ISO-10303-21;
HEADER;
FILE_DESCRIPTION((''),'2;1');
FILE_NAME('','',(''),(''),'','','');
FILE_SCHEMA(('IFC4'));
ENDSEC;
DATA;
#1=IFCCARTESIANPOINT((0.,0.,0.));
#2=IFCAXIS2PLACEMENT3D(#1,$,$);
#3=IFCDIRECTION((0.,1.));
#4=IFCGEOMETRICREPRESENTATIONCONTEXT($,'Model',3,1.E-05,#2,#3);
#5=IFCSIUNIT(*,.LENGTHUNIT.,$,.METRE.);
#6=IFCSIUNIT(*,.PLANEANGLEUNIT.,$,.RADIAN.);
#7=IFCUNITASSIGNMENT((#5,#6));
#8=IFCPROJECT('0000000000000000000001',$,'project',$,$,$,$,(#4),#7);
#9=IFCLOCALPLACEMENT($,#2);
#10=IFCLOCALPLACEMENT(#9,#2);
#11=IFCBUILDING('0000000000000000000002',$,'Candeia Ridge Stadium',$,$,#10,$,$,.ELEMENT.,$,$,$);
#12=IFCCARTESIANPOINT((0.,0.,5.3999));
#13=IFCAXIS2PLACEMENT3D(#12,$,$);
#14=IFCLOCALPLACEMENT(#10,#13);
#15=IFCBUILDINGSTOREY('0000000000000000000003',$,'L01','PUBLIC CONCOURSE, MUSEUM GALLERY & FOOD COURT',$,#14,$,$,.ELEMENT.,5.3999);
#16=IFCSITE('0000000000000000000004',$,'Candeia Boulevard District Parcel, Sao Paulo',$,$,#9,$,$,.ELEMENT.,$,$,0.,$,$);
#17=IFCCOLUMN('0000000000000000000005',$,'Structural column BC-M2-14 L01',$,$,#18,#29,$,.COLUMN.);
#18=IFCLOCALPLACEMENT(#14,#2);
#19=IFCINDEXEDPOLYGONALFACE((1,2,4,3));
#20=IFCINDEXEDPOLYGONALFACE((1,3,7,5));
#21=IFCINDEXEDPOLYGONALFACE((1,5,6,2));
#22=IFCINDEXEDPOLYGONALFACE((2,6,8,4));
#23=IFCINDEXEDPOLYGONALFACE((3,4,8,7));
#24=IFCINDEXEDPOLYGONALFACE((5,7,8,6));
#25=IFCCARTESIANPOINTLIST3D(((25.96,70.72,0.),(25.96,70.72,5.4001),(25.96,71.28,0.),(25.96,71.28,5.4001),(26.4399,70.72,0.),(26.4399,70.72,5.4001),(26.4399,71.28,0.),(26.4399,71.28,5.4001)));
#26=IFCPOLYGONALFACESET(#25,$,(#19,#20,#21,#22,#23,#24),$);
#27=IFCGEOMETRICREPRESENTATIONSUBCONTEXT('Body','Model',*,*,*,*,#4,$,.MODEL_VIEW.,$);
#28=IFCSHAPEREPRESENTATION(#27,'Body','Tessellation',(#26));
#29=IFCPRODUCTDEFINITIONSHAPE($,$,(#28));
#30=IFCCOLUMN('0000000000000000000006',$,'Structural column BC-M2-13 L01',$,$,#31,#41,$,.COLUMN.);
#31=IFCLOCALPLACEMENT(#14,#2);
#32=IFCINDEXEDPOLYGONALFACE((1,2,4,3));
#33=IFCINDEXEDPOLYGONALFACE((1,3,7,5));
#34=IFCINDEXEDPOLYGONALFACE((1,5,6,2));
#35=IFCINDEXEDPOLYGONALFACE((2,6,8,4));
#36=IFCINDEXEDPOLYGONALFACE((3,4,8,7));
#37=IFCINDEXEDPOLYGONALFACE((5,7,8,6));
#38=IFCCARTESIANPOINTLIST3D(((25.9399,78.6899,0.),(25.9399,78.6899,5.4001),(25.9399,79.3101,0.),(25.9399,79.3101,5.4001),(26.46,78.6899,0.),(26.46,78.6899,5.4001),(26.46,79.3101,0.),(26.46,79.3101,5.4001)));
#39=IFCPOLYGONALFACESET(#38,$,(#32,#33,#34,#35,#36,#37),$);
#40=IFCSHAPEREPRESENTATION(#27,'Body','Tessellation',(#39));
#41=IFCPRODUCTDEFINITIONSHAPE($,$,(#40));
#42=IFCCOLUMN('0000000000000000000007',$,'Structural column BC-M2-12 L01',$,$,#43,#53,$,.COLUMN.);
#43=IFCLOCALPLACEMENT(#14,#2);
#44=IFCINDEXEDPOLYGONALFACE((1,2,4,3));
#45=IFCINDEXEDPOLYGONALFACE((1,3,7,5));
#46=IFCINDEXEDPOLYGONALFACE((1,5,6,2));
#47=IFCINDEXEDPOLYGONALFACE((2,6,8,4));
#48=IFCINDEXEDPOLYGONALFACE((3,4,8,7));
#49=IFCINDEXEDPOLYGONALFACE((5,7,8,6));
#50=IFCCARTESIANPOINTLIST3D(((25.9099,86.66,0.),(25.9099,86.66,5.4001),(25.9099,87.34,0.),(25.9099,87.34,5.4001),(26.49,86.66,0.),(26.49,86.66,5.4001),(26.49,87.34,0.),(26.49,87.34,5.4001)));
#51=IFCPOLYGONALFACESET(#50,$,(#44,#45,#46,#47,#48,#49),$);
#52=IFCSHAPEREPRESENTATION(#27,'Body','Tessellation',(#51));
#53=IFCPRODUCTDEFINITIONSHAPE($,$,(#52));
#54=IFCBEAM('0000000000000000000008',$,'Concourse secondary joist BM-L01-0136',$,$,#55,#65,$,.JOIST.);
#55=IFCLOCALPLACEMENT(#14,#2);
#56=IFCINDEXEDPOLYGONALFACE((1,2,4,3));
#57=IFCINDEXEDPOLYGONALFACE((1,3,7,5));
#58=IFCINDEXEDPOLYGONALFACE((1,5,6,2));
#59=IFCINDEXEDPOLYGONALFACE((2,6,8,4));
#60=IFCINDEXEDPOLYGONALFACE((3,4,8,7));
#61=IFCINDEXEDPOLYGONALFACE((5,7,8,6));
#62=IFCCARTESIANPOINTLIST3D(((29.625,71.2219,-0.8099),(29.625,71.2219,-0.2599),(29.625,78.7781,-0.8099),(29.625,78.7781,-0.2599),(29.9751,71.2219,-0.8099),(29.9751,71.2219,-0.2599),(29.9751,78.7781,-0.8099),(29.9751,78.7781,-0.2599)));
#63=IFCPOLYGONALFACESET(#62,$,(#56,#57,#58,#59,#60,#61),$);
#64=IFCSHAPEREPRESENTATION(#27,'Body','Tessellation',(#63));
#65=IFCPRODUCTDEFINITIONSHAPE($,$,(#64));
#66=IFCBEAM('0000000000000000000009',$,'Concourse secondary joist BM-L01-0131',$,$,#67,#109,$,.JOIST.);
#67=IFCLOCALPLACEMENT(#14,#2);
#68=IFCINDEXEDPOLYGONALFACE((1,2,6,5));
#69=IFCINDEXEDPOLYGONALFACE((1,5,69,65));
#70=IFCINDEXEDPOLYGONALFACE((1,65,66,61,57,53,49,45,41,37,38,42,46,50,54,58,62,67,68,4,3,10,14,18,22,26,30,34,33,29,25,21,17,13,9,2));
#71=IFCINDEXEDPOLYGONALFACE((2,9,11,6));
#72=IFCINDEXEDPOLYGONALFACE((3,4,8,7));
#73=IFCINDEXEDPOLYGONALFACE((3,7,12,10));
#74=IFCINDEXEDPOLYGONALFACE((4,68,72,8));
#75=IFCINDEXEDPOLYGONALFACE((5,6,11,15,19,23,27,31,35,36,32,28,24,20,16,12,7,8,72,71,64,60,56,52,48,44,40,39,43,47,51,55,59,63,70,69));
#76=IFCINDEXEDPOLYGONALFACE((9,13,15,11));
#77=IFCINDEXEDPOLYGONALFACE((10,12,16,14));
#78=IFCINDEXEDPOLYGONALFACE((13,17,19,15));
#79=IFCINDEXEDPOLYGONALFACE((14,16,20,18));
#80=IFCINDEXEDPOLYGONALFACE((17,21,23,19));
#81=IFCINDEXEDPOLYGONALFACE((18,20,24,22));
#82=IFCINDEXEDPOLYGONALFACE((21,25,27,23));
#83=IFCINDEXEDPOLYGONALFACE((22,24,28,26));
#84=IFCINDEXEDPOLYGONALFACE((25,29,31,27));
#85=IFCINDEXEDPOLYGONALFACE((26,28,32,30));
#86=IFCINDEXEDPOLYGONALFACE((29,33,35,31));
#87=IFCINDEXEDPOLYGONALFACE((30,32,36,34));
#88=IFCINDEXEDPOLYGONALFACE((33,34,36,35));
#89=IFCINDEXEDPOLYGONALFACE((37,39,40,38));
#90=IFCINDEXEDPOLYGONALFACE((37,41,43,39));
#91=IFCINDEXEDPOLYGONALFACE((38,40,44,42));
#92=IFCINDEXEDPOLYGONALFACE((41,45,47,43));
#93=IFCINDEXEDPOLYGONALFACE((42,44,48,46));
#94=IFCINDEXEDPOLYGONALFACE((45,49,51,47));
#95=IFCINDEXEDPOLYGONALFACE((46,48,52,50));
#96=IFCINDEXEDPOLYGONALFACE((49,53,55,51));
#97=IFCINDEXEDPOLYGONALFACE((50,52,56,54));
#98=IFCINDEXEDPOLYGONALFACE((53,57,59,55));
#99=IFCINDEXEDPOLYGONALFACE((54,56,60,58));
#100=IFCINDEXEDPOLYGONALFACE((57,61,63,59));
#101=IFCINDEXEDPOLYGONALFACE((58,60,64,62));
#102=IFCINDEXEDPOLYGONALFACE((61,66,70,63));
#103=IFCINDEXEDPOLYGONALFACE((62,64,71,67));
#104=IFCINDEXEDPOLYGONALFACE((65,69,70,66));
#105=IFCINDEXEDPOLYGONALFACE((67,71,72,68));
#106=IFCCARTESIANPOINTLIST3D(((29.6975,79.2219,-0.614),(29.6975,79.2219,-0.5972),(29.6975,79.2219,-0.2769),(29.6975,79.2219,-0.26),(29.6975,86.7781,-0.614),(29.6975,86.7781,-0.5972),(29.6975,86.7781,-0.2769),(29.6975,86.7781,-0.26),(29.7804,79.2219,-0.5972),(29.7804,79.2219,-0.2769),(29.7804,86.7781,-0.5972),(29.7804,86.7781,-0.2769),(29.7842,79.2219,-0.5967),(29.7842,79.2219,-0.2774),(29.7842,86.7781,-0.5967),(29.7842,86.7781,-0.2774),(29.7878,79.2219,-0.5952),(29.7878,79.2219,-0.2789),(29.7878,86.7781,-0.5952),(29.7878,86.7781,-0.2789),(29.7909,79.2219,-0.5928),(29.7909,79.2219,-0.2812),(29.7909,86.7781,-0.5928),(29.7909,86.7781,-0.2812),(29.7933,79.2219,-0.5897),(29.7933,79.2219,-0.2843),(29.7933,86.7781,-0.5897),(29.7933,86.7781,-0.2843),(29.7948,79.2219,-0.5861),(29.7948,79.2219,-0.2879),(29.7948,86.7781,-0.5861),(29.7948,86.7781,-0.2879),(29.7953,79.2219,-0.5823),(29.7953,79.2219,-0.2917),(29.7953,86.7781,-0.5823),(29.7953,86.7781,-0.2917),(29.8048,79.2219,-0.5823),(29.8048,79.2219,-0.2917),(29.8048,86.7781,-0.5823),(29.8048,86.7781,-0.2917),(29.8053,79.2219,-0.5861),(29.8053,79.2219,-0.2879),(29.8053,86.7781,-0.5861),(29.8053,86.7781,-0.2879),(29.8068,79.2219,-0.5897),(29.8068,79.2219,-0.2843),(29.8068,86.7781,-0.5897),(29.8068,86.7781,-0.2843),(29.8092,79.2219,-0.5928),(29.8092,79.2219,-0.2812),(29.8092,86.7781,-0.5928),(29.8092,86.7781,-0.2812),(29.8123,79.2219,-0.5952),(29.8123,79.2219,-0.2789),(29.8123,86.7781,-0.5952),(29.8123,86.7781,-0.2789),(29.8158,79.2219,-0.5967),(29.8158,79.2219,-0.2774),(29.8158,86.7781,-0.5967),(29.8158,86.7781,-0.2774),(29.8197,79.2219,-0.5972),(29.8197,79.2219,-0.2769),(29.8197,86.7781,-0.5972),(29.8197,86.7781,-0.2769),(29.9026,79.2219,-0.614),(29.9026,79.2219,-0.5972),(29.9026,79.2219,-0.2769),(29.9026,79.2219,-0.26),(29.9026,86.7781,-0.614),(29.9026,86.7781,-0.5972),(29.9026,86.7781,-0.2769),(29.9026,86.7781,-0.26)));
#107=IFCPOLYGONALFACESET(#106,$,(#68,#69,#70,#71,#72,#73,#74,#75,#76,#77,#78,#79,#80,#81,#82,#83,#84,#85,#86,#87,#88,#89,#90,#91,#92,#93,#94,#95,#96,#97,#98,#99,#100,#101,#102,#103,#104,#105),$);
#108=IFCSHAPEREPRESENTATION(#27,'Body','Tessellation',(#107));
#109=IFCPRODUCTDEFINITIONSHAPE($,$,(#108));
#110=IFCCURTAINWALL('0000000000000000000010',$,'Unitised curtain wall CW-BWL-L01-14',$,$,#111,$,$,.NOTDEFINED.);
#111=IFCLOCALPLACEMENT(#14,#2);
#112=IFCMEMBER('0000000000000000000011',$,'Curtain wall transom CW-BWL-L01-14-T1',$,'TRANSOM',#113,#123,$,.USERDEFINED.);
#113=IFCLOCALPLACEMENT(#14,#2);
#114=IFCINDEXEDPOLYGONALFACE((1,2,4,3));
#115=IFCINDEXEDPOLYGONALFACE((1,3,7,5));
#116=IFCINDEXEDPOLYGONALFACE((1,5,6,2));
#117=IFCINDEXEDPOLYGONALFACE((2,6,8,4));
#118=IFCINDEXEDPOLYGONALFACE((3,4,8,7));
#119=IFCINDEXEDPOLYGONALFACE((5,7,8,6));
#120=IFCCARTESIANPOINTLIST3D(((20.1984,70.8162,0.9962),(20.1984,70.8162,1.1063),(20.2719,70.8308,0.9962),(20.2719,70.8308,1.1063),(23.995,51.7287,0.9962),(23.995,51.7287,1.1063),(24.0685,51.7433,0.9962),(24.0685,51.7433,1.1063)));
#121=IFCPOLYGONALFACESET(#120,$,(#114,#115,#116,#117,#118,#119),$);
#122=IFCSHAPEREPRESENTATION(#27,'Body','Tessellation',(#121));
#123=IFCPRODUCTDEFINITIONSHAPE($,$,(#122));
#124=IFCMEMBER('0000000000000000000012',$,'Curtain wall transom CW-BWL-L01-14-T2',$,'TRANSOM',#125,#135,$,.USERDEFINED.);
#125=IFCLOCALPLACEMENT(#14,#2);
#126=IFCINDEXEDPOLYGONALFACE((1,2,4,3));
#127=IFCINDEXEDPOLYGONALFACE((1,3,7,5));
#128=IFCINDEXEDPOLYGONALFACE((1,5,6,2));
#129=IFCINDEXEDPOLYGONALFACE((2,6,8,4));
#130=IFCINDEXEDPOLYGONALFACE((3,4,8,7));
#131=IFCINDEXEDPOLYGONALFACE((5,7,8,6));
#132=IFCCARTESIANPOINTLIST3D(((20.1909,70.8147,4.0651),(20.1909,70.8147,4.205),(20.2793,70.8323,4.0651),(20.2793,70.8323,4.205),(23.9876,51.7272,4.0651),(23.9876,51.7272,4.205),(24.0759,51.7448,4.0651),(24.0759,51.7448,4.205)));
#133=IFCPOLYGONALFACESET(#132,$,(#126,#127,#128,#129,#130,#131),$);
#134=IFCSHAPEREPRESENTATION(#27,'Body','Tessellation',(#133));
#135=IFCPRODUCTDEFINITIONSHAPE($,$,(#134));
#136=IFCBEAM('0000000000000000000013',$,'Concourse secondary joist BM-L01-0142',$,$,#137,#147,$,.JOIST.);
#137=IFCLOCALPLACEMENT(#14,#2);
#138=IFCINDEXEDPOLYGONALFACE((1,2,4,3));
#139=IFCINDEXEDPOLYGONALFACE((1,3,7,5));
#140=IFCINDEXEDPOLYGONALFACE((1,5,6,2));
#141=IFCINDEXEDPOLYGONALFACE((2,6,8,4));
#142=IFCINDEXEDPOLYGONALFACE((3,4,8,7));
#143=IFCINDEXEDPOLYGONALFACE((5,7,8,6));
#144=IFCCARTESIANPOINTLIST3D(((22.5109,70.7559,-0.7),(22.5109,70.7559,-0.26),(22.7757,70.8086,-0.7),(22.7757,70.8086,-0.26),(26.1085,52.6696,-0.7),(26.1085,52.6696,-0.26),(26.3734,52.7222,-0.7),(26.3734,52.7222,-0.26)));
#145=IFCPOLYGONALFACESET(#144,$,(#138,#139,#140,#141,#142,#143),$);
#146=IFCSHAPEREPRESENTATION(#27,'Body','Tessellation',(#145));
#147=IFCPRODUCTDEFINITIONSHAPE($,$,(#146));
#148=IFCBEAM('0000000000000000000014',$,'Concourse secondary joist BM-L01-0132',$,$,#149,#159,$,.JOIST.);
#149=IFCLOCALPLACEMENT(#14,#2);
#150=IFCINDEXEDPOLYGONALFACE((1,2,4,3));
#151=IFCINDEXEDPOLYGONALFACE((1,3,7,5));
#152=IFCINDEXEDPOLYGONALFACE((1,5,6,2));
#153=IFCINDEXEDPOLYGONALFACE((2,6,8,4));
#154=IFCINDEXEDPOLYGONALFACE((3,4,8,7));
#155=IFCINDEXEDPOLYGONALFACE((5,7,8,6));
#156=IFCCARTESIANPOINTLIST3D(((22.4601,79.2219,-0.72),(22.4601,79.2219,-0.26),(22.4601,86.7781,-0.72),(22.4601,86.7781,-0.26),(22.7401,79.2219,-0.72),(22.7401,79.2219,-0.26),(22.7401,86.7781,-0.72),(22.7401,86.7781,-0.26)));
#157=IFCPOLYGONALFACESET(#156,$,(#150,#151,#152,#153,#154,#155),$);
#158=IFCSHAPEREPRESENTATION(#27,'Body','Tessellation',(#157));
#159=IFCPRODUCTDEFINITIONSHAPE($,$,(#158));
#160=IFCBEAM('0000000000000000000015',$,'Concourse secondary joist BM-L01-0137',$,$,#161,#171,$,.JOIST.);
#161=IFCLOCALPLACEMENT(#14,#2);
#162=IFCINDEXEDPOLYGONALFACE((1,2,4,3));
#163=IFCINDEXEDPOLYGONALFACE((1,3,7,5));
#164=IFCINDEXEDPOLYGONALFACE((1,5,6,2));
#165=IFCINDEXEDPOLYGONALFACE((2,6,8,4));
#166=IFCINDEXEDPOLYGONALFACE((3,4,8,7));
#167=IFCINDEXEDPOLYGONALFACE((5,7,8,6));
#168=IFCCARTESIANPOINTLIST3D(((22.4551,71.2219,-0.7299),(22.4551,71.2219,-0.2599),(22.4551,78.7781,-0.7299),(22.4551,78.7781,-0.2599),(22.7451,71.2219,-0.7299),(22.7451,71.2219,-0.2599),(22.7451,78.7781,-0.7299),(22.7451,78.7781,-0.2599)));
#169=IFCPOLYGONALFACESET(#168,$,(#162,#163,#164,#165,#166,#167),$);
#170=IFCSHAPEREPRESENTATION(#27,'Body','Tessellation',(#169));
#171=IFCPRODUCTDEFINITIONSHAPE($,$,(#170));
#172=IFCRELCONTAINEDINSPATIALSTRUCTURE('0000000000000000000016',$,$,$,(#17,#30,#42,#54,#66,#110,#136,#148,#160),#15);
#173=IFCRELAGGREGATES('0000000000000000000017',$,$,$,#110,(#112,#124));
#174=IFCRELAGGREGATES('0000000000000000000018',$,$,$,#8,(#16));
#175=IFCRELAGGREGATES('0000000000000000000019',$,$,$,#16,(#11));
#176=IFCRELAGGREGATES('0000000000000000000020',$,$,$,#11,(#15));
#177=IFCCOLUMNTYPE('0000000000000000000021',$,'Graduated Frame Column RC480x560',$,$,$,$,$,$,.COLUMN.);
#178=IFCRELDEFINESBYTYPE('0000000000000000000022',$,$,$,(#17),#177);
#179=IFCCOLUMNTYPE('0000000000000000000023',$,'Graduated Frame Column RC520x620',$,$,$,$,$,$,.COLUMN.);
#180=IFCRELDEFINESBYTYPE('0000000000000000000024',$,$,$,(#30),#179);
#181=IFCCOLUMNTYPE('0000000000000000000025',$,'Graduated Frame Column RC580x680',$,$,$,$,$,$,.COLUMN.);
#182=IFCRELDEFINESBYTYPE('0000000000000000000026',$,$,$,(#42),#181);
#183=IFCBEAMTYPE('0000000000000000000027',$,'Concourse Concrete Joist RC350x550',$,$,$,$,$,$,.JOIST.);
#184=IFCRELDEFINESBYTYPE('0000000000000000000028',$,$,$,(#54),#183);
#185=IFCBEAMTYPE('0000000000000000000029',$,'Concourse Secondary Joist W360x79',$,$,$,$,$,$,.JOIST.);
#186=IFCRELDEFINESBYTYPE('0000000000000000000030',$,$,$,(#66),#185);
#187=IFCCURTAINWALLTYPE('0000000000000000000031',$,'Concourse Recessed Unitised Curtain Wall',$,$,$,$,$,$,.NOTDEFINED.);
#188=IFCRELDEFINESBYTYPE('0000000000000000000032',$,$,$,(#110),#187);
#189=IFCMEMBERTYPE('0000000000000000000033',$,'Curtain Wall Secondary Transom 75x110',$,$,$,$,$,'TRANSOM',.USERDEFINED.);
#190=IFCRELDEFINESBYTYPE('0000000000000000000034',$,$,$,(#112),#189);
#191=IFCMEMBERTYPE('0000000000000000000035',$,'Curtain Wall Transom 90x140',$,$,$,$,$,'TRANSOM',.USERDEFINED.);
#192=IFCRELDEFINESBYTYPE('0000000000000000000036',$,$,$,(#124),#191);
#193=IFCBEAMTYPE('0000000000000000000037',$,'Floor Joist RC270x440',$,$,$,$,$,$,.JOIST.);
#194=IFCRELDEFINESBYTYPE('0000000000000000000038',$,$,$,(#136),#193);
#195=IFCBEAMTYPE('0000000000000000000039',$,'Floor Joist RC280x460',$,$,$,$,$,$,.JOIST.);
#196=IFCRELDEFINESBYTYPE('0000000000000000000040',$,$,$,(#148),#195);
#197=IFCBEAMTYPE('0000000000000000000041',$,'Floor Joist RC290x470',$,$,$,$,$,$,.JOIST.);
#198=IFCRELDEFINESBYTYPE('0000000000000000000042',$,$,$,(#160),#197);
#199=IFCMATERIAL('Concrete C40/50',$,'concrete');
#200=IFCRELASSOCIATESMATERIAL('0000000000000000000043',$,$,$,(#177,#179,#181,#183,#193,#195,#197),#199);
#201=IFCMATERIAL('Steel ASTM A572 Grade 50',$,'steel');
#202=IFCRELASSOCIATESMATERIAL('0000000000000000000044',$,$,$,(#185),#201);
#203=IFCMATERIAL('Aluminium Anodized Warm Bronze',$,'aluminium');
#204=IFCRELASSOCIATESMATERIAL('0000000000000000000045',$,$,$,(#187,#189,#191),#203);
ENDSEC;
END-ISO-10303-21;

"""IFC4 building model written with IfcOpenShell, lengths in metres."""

from ifc_helpers import new_model, si_unit, direction, frame, origin, origin_2d, place, context, subcontext, project, spatial, rectangle, i_section, extrude, material, material_profile, profile_set, type_object, element, aggregate, save


model = new_model("IFC4")

# Units and contexts
model_context = context("Model", 3, precision=1e-05, world=origin(), true_north=direction((0.0, 1.0)))
body_context = subcontext(model_context, "Body", "Model", "MODEL_VIEW")
ifc_project = project(units=[si_unit("LENGTHUNIT", "METRE"), si_unit("PLANEANGLEUNIT", "RADIAN")], contexts=[model_context])

# Site, building, storey
site_placement = place(None, origin())
site = spatial("IfcSite", under=ifc_project, at=site_placement, Name="Candeia Boulevard District Parcel, Sao Paulo", CompositionType="ELEMENT", RefElevation=0.0)
building_placement = place(site_placement, origin())
building = spatial("IfcBuilding", under=site, at=building_placement, Name="Candeia Ridge Stadium", CompositionType="ELEMENT")
storey_placement = place(building_placement, frame((0.0, 0.0, 5.3999)))
storey = spatial("IfcBuildingStorey", under=building, at=storey_placement, Name="L01", Description="PUBLIC CONCOURSE, MUSEUM GALLERY & FOOD COURT", CompositionType="ELEMENT", Elevation=5.3999)

# Columns
ifc_material_1 = material(Name="Concrete C40/50", Category="concrete")
ifc_material_profile_1 = material_profile(ifc_material_1, rectangle(XDim=0.48, YDim=0.5601, at=origin_2d()), Name="RC480x560", Category="concrete")
ifc_profile_set_1 = profile_set([ifc_material_profile_1], Name="Concrete C40/50")
column_type_1 = type_object("IfcColumnType", Name="Graduated Frame Column RC480x560", PredefinedType="COLUMN", material=ifc_profile_set_1)
column_1_placement = place(storey_placement, frame((26.2, 71.0, 0.0), z_axis=(0.0, 0.0, 1.0), x_axis=(1.0, 0.0, 0.0)))
element("IfcColumn", 1, at=column_1_placement, inside=storey, type_object=column_type_1, Name="Structural column BC-M2-14 L01", PredefinedType="COLUMN", context=body_context, shape_type="SweptSolid", body=[
    extrude(rectangle(XDim=0.48, YDim=0.5601, at=origin_2d()), origin(), (0.0, 0.0, 1.0), 5.4001),
])
ifc_material_profile_2 = material_profile(ifc_material_1, rectangle(XDim=0.52, YDim=0.6201, at=origin_2d()), Name="RC520x620", Category="concrete")
ifc_profile_set_2 = profile_set([ifc_material_profile_2], Name="Concrete C40/50")
column_type_2 = type_object("IfcColumnType", Name="Graduated Frame Column RC520x620", PredefinedType="COLUMN", material=ifc_profile_set_2)
column_2_placement = place(storey_placement, frame((26.2, 79.0, 0.0), z_axis=(0.0, 0.0, 1.0), x_axis=(1.0, 0.0, 0.0)))
element("IfcColumn", 2, at=column_2_placement, inside=storey, type_object=column_type_2, Name="Structural column BC-M2-13 L01", PredefinedType="COLUMN", context=body_context, shape_type="SweptSolid", body=[
    extrude(rectangle(XDim=0.52, YDim=0.6201, at=origin_2d()), origin(), (0.0, 0.0, 1.0), 5.4001),
])
ifc_material_profile_3 = material_profile(ifc_material_1, rectangle(XDim=0.5801, YDim=0.6799, at=origin_2d()), Name="RC580x680", Category="concrete")
ifc_profile_set_3 = profile_set([ifc_material_profile_3], Name="Concrete C40/50")
column_type_3 = type_object("IfcColumnType", Name="Graduated Frame Column RC580x680", PredefinedType="COLUMN", material=ifc_profile_set_3)
column_3_placement = place(storey_placement, frame((26.2, 87.0, 0.0), z_axis=(0.0, 0.0, 1.0), x_axis=(1.0, 0.0, 0.0)))
element("IfcColumn", 3, at=column_3_placement, inside=storey, type_object=column_type_3, Name="Structural column BC-M2-12 L01", PredefinedType="COLUMN", context=body_context, shape_type="SweptSolid", body=[
    extrude(rectangle(XDim=0.5801, YDim=0.6799, at=origin_2d()), origin(), (0.0, 0.0, 1.0), 5.4001),
])

# Beams
ifc_material_profile_4 = material_profile(ifc_material_1, rectangle(XDim=0.3501, YDim=0.55, at=origin_2d()), Name="RC350x550", Category="concrete")
ifc_profile_set_4 = profile_set([ifc_material_profile_4], Name="Concrete C40/50")
beam_type_1 = type_object("IfcBeamType", Name="Concourse Concrete Joist RC350x550", PredefinedType="JOIST", material=ifc_profile_set_4)
beam_1_placement = place(storey_placement, frame((29.8, 78.7781, -0.5349), z_axis=(0.0, -1.0, 0.0), x_axis=(1.0, 0.0, 0.0)))
element("IfcBeam", 4, at=beam_1_placement, inside=storey, type_object=beam_type_1, Name="Concourse secondary joist BM-L01-0136", PredefinedType="JOIST", context=body_context, shape_type="SweptSolid", body=[
    extrude(rectangle(XDim=0.3501, YDim=0.55, at=origin_2d()), origin(), (0.0, 0.0, 1.0), 7.5562),
])
ifc_material_2 = material(Name="Steel ASTM A572 Grade 50", Category="steel")
ifc_material_profile_5 = material_profile(ifc_material_2, i_section(OverallWidth=0.2051, OverallDepth=0.354, WebThickness=0.0095, FlangeThickness=0.0168, FilletRadius=0.0149, at=origin_2d()), Name="W360x79", Category="steel")
ifc_profile_set_5 = profile_set([ifc_material_profile_5], Name="Steel ASTM A572 Grade 50")
beam_type_2 = type_object("IfcBeamType", Name="Concourse Secondary Joist W360x79", PredefinedType="JOIST", material=ifc_profile_set_5)
beam_2_placement = place(storey_placement, frame((29.8, 86.7781, -0.437), z_axis=(0.0, -1.0, 0.0), x_axis=(1.0, 0.0, 0.0)))
element("IfcBeam", 5, at=beam_2_placement, inside=storey, type_object=beam_type_2, Name="Concourse secondary joist BM-L01-0131", PredefinedType="JOIST", context=body_context, shape_type="SweptSolid", body=[
    extrude(i_section(OverallWidth=0.2051, OverallDepth=0.354, WebThickness=0.0095, FlangeThickness=0.0168, FilletRadius=0.0149, at=origin_2d()), origin(), (0.0, 0.0, 1.0), 7.5562),
])

# Curtain wall, members
ifc_material_3 = material(Name="Aluminium Anodized Warm Bronze", Category="aluminium")
curtain_wall_type = type_object("IfcCurtainWallType", Name="Concourse Recessed Unitised Curtain Wall", PredefinedType="NOTDEFINED", material=ifc_material_3)
curtain_wall_placement = place(storey_placement, origin())
curtain_wall = element("IfcCurtainWall", 6, at=curtain_wall_placement, inside=storey, type_object=curtain_wall_type, Name="Unitised curtain wall CW-BWL-L01-14", PredefinedType="NOTDEFINED")
ifc_material_profile_6 = material_profile(ifc_material_3, rectangle(XDim=0.075, YDim=0.1101, at=origin_2d()), Name="CWT-75x110", Category="aluminium")
ifc_profile_set_6 = profile_set([ifc_material_profile_6], Name="Aluminium Anodized Warm Bronze")
member_type_1 = type_object("IfcMemberType", Name="Curtain Wall Secondary Transom 75x110", ElementType="TRANSOM", PredefinedType="USERDEFINED", material=ifc_profile_set_6)
member_1_placement = place(storey_placement, frame((20.2351, 70.8235, 1.0513), z_axis=(0.195086, -0.980786, 0.0), x_axis=(0.980786, 0.195086, 0.0)))
member_1 = element("IfcMember", 7, at=member_1_placement, type_object=member_type_1, Name="Curtain wall transom CW-BWL-L01-14-T1", ObjectType="TRANSOM", PredefinedType="USERDEFINED", context=body_context, shape_type="SweptSolid", body=[
    extrude(rectangle(XDim=0.075, YDim=0.1101, at=origin_2d()), origin(), (0.0, 0.0, 1.0), 19.4614),
])
ifc_material_profile_7 = material_profile(ifc_material_3, rectangle(XDim=0.0901, YDim=0.1399, at=origin_2d()), Name="CWT-90x140", Category="aluminium")
ifc_profile_set_7 = profile_set([ifc_material_profile_7], Name="Aluminium Anodized Warm Bronze")
member_type_2 = type_object("IfcMemberType", Name="Curtain Wall Transom 90x140", ElementType="TRANSOM", PredefinedType="USERDEFINED", material=ifc_profile_set_7)
member_2_placement = place(storey_placement, frame((20.2351, 70.8235, 4.135), z_axis=(0.195086, -0.980786, 0.0), x_axis=(0.980786, 0.195086, 0.0)))
member_2 = element("IfcMember", 8, at=member_2_placement, type_object=member_type_2, Name="Curtain wall transom CW-BWL-L01-14-T2", ObjectType="TRANSOM", PredefinedType="USERDEFINED", context=body_context, shape_type="SweptSolid", body=[
    extrude(rectangle(XDim=0.0901, YDim=0.1399, at=origin_2d()), origin(), (0.0, 0.0, 1.0), 19.4614),
])
aggregate(curtain_wall, [member_1, member_2])

# Beams
ifc_material_profile_8 = material_profile(ifc_material_1, rectangle(XDim=0.27, YDim=0.4399, at=origin_2d()), Name="RC270x440", Category="concrete")
ifc_profile_set_8 = profile_set([ifc_material_profile_8], Name="Concrete C40/50")
beam_type_3 = type_object("IfcBeamType", Name="Floor Joist RC270x440", PredefinedType="JOIST", material=ifc_profile_set_8)
beam_3_placement = place(storey_placement, frame((22.6433, 70.7822, -0.48), z_axis=(0.195093, -0.980785, 0.0), x_axis=(0.980785, 0.195093, 0.0)))
element("IfcBeam", 9, at=beam_3_placement, inside=storey, type_object=beam_type_3, Name="Concourse secondary joist BM-L01-0142", PredefinedType="JOIST", context=body_context, shape_type="SweptSolid", body=[
    extrude(rectangle(XDim=0.27, YDim=0.4399, at=origin_2d()), origin(), (0.0, 0.0, 1.0), 18.4407),
])
ifc_material_profile_9 = material_profile(ifc_material_1, rectangle(XDim=0.28, YDim=0.46, at=origin_2d()), Name="RC280x460", Category="concrete")
ifc_profile_set_9 = profile_set([ifc_material_profile_9], Name="Concrete C40/50")
beam_type_4 = type_object("IfcBeamType", Name="Floor Joist RC280x460", PredefinedType="JOIST", material=ifc_profile_set_9)
beam_4_placement = place(storey_placement, frame((22.6001, 86.7781, -0.49), z_axis=(0.0, -1.0, 0.0), x_axis=(1.0, 0.0, 0.0)))
element("IfcBeam", 10, at=beam_4_placement, inside=storey, type_object=beam_type_4, Name="Concourse secondary joist BM-L01-0132", PredefinedType="JOIST", context=body_context, shape_type="SweptSolid", body=[
    extrude(rectangle(XDim=0.28, YDim=0.46, at=origin_2d()), origin(), (0.0, 0.0, 1.0), 7.5562),
])
ifc_material_profile_10 = material_profile(ifc_material_1, rectangle(XDim=0.29, YDim=0.47, at=origin_2d()), Name="RC290x470", Category="concrete")
ifc_profile_set_10 = profile_set([ifc_material_profile_10], Name="Concrete C40/50")
beam_type_5 = type_object("IfcBeamType", Name="Floor Joist RC290x470", PredefinedType="JOIST", material=ifc_profile_set_10)
beam_5_placement = place(storey_placement, frame((22.6001, 78.7781, -0.4949), z_axis=(0.0, -1.0, 0.0), x_axis=(1.0, 0.0, 0.0)))
element("IfcBeam", 11, at=beam_5_placement, inside=storey, type_object=beam_type_5, Name="Concourse secondary joist BM-L01-0137", PredefinedType="JOIST", context=body_context, shape_type="SweptSolid", body=[
    extrude(rectangle(XDim=0.29, YDim=0.47, at=origin_2d()), origin(), (0.0, 0.0, 1.0), 7.5562),
])

save(model, "model.ifc")
